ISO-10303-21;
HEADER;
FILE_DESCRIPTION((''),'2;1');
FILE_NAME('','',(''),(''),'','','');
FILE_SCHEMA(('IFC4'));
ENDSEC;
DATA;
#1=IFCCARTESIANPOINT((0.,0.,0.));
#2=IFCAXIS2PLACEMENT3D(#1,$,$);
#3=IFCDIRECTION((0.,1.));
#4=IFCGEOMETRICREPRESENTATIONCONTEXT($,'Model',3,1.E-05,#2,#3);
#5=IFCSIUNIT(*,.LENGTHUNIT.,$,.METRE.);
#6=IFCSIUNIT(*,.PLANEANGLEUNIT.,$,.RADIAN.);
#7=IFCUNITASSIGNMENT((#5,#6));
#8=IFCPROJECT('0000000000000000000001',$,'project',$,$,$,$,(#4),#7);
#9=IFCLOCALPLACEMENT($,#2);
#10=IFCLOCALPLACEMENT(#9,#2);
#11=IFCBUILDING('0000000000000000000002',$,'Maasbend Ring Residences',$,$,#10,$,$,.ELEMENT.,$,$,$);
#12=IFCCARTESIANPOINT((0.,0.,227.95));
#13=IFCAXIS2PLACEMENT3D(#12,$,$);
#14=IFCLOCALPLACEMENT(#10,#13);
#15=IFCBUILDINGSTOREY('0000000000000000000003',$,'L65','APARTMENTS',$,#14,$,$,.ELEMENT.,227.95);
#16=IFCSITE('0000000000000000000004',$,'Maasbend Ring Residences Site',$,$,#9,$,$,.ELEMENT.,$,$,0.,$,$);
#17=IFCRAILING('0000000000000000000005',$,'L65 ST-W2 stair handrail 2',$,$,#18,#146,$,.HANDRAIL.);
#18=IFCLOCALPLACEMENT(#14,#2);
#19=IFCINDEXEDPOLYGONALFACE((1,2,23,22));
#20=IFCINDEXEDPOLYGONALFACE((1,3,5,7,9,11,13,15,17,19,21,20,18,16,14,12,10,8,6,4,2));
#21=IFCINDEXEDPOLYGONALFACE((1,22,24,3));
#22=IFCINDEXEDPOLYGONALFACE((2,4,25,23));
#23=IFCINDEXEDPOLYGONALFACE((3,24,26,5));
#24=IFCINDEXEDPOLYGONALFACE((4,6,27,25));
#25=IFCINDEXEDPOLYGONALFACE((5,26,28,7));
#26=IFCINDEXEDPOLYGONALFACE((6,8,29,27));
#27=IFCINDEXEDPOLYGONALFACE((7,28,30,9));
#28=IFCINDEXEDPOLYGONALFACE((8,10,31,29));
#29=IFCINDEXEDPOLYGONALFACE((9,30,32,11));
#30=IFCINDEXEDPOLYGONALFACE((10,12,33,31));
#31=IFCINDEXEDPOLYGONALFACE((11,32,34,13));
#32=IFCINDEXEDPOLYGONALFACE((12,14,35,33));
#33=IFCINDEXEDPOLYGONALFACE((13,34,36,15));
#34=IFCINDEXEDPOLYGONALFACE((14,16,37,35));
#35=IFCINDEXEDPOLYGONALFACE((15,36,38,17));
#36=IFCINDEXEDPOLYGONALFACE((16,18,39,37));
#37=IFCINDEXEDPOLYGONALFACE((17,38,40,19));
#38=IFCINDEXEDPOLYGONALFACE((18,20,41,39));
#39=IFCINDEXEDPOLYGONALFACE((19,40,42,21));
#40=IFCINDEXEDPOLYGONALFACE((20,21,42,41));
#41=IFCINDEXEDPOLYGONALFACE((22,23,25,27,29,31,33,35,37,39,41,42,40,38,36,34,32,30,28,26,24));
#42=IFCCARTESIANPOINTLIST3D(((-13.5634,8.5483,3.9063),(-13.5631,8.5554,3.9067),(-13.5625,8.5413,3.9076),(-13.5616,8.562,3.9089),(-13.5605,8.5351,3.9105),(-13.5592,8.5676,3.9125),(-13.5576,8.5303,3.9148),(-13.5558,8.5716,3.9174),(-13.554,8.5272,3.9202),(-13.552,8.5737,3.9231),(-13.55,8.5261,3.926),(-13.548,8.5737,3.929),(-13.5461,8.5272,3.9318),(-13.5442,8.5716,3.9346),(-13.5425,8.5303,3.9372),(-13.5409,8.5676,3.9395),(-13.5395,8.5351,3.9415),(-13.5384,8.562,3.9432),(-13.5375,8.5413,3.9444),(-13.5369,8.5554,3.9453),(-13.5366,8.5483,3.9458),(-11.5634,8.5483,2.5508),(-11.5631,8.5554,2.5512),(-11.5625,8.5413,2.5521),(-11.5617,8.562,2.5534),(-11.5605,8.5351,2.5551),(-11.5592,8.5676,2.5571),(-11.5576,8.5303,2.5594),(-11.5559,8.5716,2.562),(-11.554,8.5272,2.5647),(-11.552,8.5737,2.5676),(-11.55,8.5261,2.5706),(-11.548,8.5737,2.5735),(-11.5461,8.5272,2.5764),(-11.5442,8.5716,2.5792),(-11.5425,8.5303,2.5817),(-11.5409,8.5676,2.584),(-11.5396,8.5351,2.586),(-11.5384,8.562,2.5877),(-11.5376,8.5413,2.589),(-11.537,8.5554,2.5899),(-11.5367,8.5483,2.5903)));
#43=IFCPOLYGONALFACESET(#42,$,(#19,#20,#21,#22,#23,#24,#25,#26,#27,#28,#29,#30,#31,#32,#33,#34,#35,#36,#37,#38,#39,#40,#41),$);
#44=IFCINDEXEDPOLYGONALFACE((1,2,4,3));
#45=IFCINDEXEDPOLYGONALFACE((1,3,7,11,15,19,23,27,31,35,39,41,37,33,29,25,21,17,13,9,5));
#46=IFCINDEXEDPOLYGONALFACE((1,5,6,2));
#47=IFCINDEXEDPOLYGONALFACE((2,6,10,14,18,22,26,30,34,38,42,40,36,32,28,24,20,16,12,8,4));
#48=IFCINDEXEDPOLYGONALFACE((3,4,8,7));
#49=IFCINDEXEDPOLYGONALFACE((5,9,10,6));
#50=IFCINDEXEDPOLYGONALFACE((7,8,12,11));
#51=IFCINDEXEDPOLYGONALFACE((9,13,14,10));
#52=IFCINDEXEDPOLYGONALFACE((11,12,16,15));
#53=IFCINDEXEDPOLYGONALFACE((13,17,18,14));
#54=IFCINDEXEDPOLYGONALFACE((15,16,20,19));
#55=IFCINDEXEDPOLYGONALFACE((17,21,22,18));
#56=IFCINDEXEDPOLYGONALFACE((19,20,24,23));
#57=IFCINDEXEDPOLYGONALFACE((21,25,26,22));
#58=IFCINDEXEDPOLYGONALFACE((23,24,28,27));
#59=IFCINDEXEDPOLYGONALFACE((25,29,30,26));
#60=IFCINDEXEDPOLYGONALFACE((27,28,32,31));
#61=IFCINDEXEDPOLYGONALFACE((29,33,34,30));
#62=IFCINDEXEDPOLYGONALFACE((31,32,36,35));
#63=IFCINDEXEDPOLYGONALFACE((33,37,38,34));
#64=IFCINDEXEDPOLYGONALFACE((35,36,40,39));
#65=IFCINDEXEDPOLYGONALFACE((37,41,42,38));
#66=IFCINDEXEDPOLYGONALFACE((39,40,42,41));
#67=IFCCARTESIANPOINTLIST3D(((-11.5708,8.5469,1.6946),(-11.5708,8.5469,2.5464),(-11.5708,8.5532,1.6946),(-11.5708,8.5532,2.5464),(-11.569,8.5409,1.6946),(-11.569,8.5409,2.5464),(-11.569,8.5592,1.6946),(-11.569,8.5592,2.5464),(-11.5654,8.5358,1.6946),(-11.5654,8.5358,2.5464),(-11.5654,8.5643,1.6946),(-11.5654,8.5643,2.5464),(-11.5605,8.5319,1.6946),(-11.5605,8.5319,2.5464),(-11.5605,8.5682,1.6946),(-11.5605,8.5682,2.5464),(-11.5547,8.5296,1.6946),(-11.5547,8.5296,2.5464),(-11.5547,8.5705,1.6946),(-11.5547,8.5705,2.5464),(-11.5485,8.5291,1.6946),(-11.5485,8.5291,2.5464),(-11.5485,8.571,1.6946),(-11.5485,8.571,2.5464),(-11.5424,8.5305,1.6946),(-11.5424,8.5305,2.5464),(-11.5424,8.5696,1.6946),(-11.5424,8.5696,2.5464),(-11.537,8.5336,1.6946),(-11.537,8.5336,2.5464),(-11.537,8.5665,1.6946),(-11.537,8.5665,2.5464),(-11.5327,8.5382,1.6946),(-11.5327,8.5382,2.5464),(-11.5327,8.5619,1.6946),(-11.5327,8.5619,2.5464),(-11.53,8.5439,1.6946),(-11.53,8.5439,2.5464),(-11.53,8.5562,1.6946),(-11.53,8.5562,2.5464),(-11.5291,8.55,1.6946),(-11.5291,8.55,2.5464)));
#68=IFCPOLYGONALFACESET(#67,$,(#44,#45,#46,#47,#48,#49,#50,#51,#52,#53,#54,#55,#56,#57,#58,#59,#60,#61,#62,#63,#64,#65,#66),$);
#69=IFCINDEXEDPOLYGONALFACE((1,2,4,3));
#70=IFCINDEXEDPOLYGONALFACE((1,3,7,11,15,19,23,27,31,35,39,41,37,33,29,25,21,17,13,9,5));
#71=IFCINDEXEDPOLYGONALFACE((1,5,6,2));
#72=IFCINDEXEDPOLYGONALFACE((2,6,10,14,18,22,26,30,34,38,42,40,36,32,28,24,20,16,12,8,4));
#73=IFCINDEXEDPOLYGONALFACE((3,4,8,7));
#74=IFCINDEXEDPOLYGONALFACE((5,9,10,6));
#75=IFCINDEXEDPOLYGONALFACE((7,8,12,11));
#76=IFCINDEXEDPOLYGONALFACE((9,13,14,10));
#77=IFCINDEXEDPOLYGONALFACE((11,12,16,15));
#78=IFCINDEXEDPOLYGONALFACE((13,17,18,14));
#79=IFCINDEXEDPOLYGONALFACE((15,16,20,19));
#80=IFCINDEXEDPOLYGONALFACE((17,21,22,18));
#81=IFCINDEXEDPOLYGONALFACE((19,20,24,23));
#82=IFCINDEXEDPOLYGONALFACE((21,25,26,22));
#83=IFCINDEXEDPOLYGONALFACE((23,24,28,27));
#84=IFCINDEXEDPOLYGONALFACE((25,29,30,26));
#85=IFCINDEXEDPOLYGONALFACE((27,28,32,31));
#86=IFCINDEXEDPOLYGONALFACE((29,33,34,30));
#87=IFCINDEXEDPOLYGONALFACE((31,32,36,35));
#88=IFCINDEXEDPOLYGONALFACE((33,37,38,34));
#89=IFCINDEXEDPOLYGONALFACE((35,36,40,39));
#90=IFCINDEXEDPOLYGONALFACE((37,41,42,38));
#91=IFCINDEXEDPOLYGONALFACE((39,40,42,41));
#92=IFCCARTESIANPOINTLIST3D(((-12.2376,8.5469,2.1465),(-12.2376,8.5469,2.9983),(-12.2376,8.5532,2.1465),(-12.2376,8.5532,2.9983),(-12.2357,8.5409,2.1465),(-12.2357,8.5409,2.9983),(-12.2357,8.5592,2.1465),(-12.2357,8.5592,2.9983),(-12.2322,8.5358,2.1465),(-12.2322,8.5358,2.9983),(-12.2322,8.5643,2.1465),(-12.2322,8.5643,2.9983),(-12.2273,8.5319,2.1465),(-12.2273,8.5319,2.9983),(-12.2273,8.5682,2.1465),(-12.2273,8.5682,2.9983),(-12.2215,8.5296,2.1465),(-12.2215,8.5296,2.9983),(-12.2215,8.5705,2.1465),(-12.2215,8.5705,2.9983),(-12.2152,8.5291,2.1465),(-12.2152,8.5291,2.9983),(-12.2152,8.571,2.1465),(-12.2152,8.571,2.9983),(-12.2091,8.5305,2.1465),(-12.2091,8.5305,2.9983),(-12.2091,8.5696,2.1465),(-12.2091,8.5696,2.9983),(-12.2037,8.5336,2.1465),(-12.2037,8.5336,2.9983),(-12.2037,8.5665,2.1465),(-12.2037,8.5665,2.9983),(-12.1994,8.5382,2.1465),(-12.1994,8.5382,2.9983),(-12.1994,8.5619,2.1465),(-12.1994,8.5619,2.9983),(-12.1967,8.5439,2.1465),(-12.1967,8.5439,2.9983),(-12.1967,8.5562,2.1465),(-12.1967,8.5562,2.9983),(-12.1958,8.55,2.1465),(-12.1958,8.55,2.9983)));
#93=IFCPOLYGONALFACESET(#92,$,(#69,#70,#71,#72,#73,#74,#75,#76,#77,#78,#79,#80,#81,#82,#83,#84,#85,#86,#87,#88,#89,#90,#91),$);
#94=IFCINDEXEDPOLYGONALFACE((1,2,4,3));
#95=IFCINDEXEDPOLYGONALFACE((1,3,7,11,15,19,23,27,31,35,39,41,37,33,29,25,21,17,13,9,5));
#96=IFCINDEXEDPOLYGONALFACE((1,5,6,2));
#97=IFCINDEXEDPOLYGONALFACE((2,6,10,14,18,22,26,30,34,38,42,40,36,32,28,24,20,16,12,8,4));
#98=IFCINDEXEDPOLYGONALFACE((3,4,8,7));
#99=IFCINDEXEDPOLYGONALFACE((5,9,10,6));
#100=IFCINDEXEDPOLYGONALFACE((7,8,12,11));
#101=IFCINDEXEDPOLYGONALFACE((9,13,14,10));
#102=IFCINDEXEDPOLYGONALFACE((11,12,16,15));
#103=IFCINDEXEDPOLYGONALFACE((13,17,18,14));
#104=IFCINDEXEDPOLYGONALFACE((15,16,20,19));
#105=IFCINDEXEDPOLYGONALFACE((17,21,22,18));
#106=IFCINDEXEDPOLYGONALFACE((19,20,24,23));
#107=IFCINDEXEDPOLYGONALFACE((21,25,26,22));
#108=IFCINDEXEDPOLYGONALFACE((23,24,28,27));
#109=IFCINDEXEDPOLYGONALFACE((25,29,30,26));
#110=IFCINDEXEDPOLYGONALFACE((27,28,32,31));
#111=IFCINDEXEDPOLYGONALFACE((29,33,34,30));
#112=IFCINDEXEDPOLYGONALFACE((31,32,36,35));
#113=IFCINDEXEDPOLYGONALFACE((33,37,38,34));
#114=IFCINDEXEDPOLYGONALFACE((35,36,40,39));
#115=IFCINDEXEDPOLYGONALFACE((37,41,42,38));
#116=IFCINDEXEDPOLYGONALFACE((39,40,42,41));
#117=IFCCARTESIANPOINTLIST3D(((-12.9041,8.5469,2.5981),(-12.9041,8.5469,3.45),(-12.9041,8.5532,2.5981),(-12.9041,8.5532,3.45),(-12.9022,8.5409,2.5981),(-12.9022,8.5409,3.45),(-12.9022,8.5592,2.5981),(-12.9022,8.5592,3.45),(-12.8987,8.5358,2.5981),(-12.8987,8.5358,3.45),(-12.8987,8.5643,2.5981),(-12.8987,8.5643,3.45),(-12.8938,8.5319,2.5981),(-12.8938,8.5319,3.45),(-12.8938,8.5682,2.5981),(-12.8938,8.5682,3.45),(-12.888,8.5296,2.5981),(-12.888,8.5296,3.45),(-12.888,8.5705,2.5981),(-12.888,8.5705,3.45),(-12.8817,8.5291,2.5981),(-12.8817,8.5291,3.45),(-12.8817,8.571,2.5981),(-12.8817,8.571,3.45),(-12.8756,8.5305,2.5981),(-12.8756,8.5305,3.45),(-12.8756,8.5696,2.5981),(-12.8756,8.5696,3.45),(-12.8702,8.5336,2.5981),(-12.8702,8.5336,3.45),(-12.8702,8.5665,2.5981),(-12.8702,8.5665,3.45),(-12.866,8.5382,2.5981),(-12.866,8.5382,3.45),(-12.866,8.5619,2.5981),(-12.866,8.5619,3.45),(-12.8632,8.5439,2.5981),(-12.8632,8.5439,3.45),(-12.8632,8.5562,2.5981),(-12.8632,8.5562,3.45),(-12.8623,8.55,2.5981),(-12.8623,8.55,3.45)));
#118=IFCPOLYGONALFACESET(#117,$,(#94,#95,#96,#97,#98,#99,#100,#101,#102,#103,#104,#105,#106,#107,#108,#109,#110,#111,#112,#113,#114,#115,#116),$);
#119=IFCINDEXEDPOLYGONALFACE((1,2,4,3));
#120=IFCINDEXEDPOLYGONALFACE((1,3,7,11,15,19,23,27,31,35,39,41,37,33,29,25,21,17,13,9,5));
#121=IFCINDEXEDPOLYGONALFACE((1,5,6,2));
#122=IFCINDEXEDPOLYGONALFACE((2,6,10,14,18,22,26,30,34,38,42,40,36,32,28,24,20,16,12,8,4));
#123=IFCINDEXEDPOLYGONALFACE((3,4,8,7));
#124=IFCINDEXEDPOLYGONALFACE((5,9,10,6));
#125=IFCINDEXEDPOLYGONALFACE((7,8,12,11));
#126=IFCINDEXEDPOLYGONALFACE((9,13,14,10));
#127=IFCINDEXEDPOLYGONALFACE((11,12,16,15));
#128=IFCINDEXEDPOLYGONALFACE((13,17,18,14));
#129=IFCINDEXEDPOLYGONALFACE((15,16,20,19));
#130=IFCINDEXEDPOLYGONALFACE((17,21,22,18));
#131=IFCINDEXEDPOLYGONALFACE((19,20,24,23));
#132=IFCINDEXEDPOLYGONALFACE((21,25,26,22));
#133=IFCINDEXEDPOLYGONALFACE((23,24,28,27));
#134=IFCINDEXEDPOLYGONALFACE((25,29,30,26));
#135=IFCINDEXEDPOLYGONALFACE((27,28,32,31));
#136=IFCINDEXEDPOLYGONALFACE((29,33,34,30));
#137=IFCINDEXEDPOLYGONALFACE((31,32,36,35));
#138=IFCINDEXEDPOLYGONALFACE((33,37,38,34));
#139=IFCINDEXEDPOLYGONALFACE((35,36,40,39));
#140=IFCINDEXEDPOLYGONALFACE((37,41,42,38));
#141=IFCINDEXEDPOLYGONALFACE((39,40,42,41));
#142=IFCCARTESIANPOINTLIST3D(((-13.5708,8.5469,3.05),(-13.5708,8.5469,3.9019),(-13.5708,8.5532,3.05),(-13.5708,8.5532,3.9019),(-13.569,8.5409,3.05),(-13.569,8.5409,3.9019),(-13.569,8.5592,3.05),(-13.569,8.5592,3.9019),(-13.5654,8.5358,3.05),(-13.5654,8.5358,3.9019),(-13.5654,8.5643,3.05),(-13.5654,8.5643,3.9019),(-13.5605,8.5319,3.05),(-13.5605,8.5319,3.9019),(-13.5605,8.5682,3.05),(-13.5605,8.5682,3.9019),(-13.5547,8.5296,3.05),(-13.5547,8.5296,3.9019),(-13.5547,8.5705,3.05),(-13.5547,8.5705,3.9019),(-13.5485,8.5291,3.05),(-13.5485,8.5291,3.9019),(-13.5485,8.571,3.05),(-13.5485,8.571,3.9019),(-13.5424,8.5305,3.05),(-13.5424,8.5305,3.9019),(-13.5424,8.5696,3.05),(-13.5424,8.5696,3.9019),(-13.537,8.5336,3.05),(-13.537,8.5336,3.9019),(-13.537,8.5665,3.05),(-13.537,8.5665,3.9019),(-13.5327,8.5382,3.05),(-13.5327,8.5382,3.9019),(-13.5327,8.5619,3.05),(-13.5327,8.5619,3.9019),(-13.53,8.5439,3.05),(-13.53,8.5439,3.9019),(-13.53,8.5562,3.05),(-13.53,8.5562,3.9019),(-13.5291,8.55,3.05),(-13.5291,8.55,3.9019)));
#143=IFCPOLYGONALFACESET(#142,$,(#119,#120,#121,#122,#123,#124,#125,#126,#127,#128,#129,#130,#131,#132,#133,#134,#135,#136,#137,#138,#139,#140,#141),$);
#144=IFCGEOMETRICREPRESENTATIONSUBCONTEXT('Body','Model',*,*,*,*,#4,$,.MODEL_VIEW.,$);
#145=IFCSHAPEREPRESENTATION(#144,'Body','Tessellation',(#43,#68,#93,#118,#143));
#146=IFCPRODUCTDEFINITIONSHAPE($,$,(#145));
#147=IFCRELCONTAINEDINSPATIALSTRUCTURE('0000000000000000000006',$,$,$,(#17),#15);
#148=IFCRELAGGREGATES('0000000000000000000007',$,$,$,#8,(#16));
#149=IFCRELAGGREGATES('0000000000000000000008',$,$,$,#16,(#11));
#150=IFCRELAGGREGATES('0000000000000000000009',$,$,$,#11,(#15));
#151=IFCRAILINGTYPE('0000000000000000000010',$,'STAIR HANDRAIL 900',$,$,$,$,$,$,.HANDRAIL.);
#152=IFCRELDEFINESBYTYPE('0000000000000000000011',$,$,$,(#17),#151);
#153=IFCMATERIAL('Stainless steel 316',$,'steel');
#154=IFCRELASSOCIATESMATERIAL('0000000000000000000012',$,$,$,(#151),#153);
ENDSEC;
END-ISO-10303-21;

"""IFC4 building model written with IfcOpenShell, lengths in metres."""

from ifc_helpers import new_model, si_unit, direction, frame, origin, origin_2d, place, context, subcontext, project, spatial, circle, extrude, material, type_object, element, save


model = new_model("IFC4")

# Units and contexts
model_context = context("Model", 3, precision=1e-05, world=origin(), true_north=direction((0.0, 1.0)))
body_context = subcontext(model_context, "Body", "Model", "MODEL_VIEW")
ifc_project = project(units=[si_unit("LENGTHUNIT", "METRE"), si_unit("PLANEANGLEUNIT", "RADIAN")], contexts=[model_context])

# Site, building, storey
site_placement = place(None, origin())
site = spatial("IfcSite", under=ifc_project, at=site_placement, Name="Maasbend Ring Residences Site", CompositionType="ELEMENT", RefElevation=0.0)
building_placement = place(site_placement, origin())
building = spatial("IfcBuilding", under=site, at=building_placement, Name="Maasbend Ring Residences", CompositionType="ELEMENT")
storey_placement = place(building_placement, frame((0.0, 0.0, 227.95)))
storey = spatial("IfcBuildingStorey", under=building, at=storey_placement, Name="L65", Description="APARTMENTS", CompositionType="ELEMENT", Elevation=227.95)

# Railing
ifc_material_1 = material(Name="Stainless steel 316", Category="steel")
railing_type_1 = type_object("IfcRailingType", Name="STAIR HANDRAIL 900", PredefinedType="HANDRAIL", material=ifc_material_1)
railing_1_placement = place(storey_placement, frame((-11.55, 8.55, 1.6946)))
element("IfcRailing", 1, at=railing_1_placement, inside=storey, type_object=railing_type_1, Name="L65 ST-W2 stair handrail 2", PredefinedType="HANDRAIL", context=body_context, shape_type="SweptSolid", body=[
    extrude(circle(Radius=0.0239, at=origin_2d()), frame((0.0, 0.0, 0.876), z_axis=(-0.827798, 0.0, 0.561027), x_axis=(0.0, -1.0, 0.0)), (0.0, 0.0, 1.0), 2.416),
    extrude(circle(Radius=0.021, at=origin_2d()), origin(), (0.0, 0.0, 1.0), 0.8518),
    extrude(circle(Radius=0.021, at=origin_2d()), frame((-0.6667, 0.0, 0.4519)), (0.0, 0.0, 1.0), 0.8518),
    extrude(circle(Radius=0.021, at=origin_2d()), frame((-1.3333, 0.0, 0.9036)), (0.0, 0.0, 1.0), 0.8518),
    extrude(circle(Radius=0.021, at=origin_2d()), frame((-2.0, 0.0, 1.3555)), (0.0, 0.0, 1.0), 0.8518),
])

save(model, "model.ifc")
